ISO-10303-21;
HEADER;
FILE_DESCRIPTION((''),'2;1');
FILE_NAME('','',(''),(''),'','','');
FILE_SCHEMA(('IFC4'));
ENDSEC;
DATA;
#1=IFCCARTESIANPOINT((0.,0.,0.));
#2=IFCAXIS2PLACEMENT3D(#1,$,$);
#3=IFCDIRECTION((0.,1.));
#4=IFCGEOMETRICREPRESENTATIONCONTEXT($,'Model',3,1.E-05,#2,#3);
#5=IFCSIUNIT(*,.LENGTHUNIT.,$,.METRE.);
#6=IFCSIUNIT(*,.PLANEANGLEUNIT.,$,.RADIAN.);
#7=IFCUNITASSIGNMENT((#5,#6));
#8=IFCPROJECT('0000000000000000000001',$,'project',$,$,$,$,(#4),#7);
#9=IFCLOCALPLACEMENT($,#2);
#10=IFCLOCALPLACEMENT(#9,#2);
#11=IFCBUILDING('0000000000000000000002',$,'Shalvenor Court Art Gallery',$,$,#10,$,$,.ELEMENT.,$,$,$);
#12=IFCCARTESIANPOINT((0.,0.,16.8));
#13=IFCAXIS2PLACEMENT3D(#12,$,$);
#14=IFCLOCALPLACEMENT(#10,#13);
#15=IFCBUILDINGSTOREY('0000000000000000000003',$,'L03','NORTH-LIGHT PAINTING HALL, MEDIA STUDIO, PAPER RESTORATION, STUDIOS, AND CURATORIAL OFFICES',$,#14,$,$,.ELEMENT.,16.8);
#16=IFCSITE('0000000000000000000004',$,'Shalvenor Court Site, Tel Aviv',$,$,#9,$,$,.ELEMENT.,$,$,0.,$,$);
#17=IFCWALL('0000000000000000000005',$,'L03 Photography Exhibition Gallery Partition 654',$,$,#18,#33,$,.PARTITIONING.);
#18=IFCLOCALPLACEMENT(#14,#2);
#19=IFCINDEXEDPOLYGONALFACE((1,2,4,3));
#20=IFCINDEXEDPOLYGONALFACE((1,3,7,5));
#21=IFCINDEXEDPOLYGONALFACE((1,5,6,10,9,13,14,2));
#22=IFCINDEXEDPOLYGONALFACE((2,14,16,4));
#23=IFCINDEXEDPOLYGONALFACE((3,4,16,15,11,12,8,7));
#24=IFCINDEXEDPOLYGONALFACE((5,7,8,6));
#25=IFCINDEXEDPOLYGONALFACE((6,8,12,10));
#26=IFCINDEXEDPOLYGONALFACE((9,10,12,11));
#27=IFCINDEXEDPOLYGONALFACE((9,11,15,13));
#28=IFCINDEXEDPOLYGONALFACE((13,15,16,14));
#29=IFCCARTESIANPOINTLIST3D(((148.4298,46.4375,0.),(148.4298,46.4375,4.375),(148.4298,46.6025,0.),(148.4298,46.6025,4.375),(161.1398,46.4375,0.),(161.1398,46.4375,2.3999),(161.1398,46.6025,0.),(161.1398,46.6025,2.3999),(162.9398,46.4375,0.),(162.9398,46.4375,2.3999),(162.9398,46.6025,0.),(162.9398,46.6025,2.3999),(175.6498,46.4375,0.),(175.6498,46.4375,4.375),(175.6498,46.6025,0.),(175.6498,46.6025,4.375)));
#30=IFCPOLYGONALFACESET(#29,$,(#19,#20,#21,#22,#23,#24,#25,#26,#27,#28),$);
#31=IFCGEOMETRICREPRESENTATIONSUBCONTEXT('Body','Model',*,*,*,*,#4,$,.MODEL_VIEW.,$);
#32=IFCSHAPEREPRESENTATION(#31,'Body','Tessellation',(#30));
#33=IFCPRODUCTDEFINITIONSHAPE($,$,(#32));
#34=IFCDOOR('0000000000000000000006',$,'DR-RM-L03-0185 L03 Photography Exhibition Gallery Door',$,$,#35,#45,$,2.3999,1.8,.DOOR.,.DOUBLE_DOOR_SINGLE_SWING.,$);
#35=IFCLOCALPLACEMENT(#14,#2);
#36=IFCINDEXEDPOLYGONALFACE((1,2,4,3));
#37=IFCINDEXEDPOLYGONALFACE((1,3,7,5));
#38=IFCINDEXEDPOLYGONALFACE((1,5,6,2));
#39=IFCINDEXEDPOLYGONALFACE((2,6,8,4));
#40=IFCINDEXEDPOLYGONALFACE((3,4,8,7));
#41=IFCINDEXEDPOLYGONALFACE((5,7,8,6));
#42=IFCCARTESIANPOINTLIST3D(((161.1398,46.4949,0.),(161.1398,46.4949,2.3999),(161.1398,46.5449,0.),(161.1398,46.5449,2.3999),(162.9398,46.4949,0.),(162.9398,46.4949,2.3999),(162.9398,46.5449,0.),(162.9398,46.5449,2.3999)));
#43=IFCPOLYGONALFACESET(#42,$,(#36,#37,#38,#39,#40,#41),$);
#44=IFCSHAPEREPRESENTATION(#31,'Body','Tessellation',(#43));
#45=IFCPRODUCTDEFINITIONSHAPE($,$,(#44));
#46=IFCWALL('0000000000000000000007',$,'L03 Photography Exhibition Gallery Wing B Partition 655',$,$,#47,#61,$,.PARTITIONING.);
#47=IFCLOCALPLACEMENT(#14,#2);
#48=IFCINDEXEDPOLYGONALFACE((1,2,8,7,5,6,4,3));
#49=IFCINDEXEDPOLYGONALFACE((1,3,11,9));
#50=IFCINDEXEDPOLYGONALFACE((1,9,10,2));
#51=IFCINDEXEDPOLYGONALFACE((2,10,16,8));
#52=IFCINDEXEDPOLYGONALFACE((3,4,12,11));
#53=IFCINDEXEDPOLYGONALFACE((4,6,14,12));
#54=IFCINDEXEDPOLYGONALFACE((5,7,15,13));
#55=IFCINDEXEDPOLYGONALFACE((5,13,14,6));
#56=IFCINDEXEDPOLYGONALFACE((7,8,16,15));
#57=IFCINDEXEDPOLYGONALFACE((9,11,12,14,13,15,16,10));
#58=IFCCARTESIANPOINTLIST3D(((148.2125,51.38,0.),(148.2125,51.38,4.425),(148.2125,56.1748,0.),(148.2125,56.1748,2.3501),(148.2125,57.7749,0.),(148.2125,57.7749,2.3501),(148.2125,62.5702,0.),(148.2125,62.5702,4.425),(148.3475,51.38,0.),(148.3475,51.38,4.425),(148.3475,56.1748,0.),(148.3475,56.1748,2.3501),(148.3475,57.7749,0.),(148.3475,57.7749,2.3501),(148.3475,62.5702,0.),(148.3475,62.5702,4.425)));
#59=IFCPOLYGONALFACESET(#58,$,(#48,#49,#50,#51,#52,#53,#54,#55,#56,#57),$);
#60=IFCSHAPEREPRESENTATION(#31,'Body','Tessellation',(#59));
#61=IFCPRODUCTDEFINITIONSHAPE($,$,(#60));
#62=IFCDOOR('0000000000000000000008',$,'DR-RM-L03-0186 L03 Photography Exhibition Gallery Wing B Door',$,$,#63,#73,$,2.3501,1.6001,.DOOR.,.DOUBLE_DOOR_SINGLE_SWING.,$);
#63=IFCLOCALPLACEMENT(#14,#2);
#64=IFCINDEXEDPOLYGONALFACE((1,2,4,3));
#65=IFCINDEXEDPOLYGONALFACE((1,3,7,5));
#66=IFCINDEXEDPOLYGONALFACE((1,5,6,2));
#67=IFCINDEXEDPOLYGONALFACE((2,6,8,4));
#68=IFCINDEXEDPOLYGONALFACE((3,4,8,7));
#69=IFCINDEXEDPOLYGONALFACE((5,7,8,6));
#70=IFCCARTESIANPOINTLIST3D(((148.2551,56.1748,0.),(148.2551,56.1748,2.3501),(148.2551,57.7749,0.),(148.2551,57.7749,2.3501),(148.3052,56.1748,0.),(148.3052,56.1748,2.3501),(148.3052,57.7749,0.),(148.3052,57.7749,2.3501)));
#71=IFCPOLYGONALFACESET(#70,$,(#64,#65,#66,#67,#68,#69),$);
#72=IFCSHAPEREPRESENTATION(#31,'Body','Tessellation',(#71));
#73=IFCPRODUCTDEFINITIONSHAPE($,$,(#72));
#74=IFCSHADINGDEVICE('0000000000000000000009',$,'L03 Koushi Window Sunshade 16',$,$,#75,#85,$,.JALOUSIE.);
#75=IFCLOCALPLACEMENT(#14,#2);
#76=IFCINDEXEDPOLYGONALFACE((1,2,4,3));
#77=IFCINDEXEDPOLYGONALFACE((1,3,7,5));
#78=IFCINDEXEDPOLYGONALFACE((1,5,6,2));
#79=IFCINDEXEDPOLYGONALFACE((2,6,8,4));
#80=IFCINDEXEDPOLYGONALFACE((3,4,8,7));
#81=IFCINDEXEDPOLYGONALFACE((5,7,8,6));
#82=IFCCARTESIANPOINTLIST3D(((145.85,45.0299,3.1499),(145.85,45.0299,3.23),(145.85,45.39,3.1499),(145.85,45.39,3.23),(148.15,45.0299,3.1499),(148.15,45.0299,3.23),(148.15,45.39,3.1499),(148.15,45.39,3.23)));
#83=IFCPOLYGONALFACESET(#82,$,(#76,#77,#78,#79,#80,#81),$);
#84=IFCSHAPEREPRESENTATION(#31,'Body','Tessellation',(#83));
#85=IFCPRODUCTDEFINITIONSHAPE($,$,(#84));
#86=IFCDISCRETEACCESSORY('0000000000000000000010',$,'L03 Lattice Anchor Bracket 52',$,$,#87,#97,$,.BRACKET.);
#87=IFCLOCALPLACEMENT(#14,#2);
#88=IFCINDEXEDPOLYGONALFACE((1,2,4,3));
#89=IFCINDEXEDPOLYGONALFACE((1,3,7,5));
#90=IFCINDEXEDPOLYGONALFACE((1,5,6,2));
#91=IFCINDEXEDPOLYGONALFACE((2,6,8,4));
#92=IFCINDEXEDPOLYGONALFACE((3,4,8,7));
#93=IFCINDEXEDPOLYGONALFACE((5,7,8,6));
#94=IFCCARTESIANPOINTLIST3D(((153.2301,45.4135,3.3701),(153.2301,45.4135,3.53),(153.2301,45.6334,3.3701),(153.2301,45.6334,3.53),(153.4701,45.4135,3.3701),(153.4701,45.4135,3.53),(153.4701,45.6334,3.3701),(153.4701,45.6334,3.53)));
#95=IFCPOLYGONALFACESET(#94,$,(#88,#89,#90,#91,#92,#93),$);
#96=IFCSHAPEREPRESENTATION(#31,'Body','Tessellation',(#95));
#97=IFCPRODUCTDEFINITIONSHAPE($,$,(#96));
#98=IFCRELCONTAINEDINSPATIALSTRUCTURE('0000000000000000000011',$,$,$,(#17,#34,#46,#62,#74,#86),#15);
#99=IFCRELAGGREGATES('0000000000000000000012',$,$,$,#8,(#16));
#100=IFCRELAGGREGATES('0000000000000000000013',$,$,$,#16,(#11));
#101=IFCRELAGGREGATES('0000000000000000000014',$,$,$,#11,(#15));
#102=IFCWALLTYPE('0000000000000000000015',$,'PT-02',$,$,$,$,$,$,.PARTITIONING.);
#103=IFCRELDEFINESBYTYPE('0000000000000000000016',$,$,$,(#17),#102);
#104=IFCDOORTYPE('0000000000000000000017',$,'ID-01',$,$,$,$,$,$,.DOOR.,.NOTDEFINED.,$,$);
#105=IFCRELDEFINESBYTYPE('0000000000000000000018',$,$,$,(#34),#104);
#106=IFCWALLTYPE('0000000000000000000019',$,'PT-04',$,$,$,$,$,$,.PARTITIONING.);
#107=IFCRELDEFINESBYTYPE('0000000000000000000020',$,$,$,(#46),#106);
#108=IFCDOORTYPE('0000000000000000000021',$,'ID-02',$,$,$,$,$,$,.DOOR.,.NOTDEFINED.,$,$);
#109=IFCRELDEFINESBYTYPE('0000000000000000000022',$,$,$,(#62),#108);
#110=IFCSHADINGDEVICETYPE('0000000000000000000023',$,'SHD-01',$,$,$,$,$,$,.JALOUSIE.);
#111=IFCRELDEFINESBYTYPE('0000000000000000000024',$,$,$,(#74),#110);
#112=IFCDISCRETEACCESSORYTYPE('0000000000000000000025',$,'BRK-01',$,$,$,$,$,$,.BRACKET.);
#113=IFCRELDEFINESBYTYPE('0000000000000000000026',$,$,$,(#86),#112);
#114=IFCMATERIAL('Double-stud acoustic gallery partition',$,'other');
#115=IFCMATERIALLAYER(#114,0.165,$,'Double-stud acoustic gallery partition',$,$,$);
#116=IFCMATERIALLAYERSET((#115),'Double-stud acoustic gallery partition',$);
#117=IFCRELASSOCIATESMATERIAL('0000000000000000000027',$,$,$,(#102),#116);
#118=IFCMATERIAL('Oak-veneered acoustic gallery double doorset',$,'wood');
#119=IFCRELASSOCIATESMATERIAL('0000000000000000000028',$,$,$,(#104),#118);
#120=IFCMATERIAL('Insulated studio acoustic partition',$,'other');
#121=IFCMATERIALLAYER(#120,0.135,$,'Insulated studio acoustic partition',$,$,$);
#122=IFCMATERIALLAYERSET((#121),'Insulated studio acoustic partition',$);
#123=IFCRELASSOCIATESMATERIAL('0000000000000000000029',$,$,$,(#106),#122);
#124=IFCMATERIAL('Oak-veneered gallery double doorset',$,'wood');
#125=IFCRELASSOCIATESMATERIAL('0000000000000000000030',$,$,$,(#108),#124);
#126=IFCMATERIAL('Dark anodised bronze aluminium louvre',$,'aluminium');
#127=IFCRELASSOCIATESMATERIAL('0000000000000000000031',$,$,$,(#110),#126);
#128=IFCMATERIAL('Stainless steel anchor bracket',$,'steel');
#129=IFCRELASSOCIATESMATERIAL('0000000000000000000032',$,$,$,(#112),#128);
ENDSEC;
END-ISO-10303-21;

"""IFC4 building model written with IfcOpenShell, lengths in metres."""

from ifc_helpers import new_model, si_unit, direction, frame, frame_2d, origin, origin_2d, place, context, subcontext, project, spatial, rectangle, extrude, material, layer, layer_set, type_object, element, fill, save


model = new_model("IFC4")

# Units and contexts
model_context = context("Model", 3, precision=1e-05, world=origin(), true_north=direction((0.0, 1.0)))
body_context = subcontext(model_context, "Body", "Model", "MODEL_VIEW")
ifc_project = project(units=[si_unit("LENGTHUNIT", "METRE"), si_unit("PLANEANGLEUNIT", "RADIAN")], contexts=[model_context])

# Site, building, storey
site_placement = place(None, origin())
site = spatial("IfcSite", under=ifc_project, at=site_placement, Name="Shalvenor Court Site, Tel Aviv", CompositionType="ELEMENT", RefElevation=0.0)
building_placement = place(site_placement, origin())
building = spatial("IfcBuilding", under=site, at=building_placement, Name="Shalvenor Court Art Gallery", CompositionType="ELEMENT")
storey_placement = place(building_placement, frame((0.0, 0.0, 16.8)))
storey = spatial("IfcBuildingStorey", under=building, at=storey_placement, Name="L03", Description="NORTH-LIGHT PAINTING HALL, MEDIA STUDIO, PAPER RESTORATION, STUDIOS, AND CURATORIAL OFFICES", CompositionType="ELEMENT", Elevation=16.8)

# Walls, openings, doors
ifc_material_1 = material(Name="Double-stud acoustic gallery partition", Category="other")
ifc_layer_1 = layer(ifc_material_1, 0.165, Name="Double-stud acoustic gallery partition")
ifc_layer_set_1 = layer_set([ifc_layer_1], Name="Double-stud acoustic gallery partition")
wall_type_1 = type_object("IfcWallType", Name="PT-02", PredefinedType="PARTITIONING", material=ifc_layer_set_1)
wall_1_placement = place(storey_placement, frame((148.4299, 46.52, 0.0), z_axis=(0.0, 0.0, 1.0), x_axis=(1.0, 0.0, 0.0)))
wall_1 = element("IfcWall", 1, at=wall_1_placement, inside=storey, type_object=wall_type_1, Name="L03 Photography Exhibition Gallery Partition 654", PredefinedType="PARTITIONING", context=body_context, shape_type="SweptSolid", body=[
    extrude(rectangle(XDim=27.22, YDim=0.165, at=frame_2d((13.6099, 0.0))), origin(), (0.0, 0.0, 1.0), 4.375),
])
opening_1_placement = place(wall_1_placement, frame((12.71, 0.0, 0.0)))
opening_1 = element("IfcOpeningElement", 2, at=opening_1_placement, cuts=wall_1, PredefinedType="OPENING", context=body_context, shape_type="SweptSolid", body=[
    extrude(rectangle(XDim=1.8, YDim=2.3999, at=frame_2d((0.8999, 1.2))), frame((0.0, 0.0925, 0.0), z_axis=(0.0, -1.0, 0.0), x_axis=(1.0, 0.0, 0.0)), (0.0, 0.0, 1.0), 0.1851),
])
ifc_material_2 = material(Name="Oak-veneered acoustic gallery double doorset", Category="wood")
door_type_1 = type_object("IfcDoorType", Name="ID-01", OperationType="NOTDEFINED", PredefinedType="DOOR", material=ifc_material_2)
door_1_placement = place(opening_1_placement, origin())
door_1 = element("IfcDoor", 3, at=door_1_placement, inside=storey, type_object=door_type_1, Name="DR-RM-L03-0185 L03 Photography Exhibition Gallery Door", OperationType="DOUBLE_DOOR_SINGLE_SWING", OverallHeight=2.3999, OverallWidth=1.8, PredefinedType="DOOR", context=body_context, shape_type="SweptSolid", body=[
    extrude(rectangle(XDim=1.8, YDim=2.3999, at=frame_2d((0.8999, 1.2))), frame((0.0, 0.0249, 0.0), z_axis=(0.0, -1.0, 0.0), x_axis=(1.0, 0.0, 0.0)), (0.0, 0.0, 1.0), 0.05),
])
fill(opening_1, door_1)
ifc_material_3 = material(Name="Insulated studio acoustic partition", Category="other")
ifc_layer_2 = layer(ifc_material_3, 0.135, Name="Insulated studio acoustic partition")
ifc_layer_set_2 = layer_set([ifc_layer_2], Name="Insulated studio acoustic partition")
wall_type_2 = type_object("IfcWallType", Name="PT-04", PredefinedType="PARTITIONING", material=ifc_layer_set_2)
wall_2_placement = place(storey_placement, frame((148.28, 51.3799, 0.0), z_axis=(0.0, 0.0, 1.0), x_axis=(0.0, 1.0, 0.0)))
wall_2 = element("IfcWall", 4, at=wall_2_placement, inside=storey, type_object=wall_type_2, Name="L03 Photography Exhibition Gallery Wing B Partition 655", PredefinedType="PARTITIONING", context=body_context, shape_type="SweptSolid", body=[
    extrude(rectangle(XDim=11.1902, YDim=0.135, at=frame_2d((5.5952, 0.0))), origin(), (0.0, 0.0, 1.0), 4.425),
])
opening_2_placement = place(wall_2_placement, frame((4.7949, 0.0, 0.0)))
opening_2 = element("IfcOpeningElement", 5, at=opening_2_placement, cuts=wall_2, PredefinedType="OPENING", context=body_context, shape_type="SweptSolid", body=[
    extrude(rectangle(XDim=1.6001, YDim=2.3501, at=frame_2d((0.8, 1.175))), frame((0.0, 0.0774, 0.0), z_axis=(0.0, -1.0, 0.0), x_axis=(1.0, 0.0, 0.0)), (0.0, 0.0, 1.0), 0.155),
])
ifc_material_4 = material(Name="Oak-veneered gallery double doorset", Category="wood")
door_type_2 = type_object("IfcDoorType", Name="ID-02", OperationType="NOTDEFINED", PredefinedType="DOOR", material=ifc_material_4)
door_2_placement = place(opening_2_placement, origin())
door_2 = element("IfcDoor", 6, at=door_2_placement, inside=storey, type_object=door_type_2, Name="DR-RM-L03-0186 L03 Photography Exhibition Gallery Wing B Door", OperationType="DOUBLE_DOOR_SINGLE_SWING", OverallHeight=2.3501, OverallWidth=1.6001, PredefinedType="DOOR", context=body_context, shape_type="SweptSolid", body=[
    extrude(rectangle(XDim=1.6001, YDim=2.3501, at=frame_2d((0.8, 1.175))), frame((0.0, 0.0249, 0.0), z_axis=(0.0, -1.0, 0.0), x_axis=(1.0, 0.0, 0.0)), (0.0, 0.0, 1.0), 0.05),
])
fill(opening_2, door_2)

# Shading device
ifc_material_5 = material(Name="Dark anodised bronze aluminium louvre", Category="aluminium")
shading_device_type = type_object("IfcShadingDeviceType", Name="SHD-01", PredefinedType="JALOUSIE", material=ifc_material_5)
shading_device_placement = place(storey_placement, frame((147.0, 45.21, 3.1499), z_axis=(0.0, 0.0, 1.0), x_axis=(-1.0, 0.0, 0.0)))
element("IfcShadingDevice", 7, at=shading_device_placement, inside=storey, type_object=shading_device_type, Name="L03 Koushi Window Sunshade 16", PredefinedType="JALOUSIE", context=body_context, shape_type="SweptSolid", body=[
    extrude(rectangle(XDim=2.3, YDim=0.3601, at=origin_2d()), origin(), (0.0, 0.0, 1.0), 0.0801),
])

# Discrete accessory
ifc_material_6 = material(Name="Stainless steel anchor bracket", Category="steel")
discrete_accessory_type = type_object("IfcDiscreteAccessoryType", Name="BRK-01", PredefinedType="BRACKET", material=ifc_material_6)
discrete_accessory_placement = place(storey_placement, frame((153.3501, 45.5234, 3.3701), z_axis=(0.0, 0.0, 1.0), x_axis=(-1.0, 0.0, 0.0)))
element("IfcDiscreteAccessory", 8, at=discrete_accessory_placement, inside=storey, type_object=discrete_accessory_type, Name="L03 Lattice Anchor Bracket 52", PredefinedType="BRACKET", context=body_context, shape_type="SweptSolid", body=[
    extrude(rectangle(XDim=0.24, YDim=0.22, at=origin_2d()), origin(), (0.0, 0.0, 1.0), 0.1599),
])

save(model, "model.ifc")
